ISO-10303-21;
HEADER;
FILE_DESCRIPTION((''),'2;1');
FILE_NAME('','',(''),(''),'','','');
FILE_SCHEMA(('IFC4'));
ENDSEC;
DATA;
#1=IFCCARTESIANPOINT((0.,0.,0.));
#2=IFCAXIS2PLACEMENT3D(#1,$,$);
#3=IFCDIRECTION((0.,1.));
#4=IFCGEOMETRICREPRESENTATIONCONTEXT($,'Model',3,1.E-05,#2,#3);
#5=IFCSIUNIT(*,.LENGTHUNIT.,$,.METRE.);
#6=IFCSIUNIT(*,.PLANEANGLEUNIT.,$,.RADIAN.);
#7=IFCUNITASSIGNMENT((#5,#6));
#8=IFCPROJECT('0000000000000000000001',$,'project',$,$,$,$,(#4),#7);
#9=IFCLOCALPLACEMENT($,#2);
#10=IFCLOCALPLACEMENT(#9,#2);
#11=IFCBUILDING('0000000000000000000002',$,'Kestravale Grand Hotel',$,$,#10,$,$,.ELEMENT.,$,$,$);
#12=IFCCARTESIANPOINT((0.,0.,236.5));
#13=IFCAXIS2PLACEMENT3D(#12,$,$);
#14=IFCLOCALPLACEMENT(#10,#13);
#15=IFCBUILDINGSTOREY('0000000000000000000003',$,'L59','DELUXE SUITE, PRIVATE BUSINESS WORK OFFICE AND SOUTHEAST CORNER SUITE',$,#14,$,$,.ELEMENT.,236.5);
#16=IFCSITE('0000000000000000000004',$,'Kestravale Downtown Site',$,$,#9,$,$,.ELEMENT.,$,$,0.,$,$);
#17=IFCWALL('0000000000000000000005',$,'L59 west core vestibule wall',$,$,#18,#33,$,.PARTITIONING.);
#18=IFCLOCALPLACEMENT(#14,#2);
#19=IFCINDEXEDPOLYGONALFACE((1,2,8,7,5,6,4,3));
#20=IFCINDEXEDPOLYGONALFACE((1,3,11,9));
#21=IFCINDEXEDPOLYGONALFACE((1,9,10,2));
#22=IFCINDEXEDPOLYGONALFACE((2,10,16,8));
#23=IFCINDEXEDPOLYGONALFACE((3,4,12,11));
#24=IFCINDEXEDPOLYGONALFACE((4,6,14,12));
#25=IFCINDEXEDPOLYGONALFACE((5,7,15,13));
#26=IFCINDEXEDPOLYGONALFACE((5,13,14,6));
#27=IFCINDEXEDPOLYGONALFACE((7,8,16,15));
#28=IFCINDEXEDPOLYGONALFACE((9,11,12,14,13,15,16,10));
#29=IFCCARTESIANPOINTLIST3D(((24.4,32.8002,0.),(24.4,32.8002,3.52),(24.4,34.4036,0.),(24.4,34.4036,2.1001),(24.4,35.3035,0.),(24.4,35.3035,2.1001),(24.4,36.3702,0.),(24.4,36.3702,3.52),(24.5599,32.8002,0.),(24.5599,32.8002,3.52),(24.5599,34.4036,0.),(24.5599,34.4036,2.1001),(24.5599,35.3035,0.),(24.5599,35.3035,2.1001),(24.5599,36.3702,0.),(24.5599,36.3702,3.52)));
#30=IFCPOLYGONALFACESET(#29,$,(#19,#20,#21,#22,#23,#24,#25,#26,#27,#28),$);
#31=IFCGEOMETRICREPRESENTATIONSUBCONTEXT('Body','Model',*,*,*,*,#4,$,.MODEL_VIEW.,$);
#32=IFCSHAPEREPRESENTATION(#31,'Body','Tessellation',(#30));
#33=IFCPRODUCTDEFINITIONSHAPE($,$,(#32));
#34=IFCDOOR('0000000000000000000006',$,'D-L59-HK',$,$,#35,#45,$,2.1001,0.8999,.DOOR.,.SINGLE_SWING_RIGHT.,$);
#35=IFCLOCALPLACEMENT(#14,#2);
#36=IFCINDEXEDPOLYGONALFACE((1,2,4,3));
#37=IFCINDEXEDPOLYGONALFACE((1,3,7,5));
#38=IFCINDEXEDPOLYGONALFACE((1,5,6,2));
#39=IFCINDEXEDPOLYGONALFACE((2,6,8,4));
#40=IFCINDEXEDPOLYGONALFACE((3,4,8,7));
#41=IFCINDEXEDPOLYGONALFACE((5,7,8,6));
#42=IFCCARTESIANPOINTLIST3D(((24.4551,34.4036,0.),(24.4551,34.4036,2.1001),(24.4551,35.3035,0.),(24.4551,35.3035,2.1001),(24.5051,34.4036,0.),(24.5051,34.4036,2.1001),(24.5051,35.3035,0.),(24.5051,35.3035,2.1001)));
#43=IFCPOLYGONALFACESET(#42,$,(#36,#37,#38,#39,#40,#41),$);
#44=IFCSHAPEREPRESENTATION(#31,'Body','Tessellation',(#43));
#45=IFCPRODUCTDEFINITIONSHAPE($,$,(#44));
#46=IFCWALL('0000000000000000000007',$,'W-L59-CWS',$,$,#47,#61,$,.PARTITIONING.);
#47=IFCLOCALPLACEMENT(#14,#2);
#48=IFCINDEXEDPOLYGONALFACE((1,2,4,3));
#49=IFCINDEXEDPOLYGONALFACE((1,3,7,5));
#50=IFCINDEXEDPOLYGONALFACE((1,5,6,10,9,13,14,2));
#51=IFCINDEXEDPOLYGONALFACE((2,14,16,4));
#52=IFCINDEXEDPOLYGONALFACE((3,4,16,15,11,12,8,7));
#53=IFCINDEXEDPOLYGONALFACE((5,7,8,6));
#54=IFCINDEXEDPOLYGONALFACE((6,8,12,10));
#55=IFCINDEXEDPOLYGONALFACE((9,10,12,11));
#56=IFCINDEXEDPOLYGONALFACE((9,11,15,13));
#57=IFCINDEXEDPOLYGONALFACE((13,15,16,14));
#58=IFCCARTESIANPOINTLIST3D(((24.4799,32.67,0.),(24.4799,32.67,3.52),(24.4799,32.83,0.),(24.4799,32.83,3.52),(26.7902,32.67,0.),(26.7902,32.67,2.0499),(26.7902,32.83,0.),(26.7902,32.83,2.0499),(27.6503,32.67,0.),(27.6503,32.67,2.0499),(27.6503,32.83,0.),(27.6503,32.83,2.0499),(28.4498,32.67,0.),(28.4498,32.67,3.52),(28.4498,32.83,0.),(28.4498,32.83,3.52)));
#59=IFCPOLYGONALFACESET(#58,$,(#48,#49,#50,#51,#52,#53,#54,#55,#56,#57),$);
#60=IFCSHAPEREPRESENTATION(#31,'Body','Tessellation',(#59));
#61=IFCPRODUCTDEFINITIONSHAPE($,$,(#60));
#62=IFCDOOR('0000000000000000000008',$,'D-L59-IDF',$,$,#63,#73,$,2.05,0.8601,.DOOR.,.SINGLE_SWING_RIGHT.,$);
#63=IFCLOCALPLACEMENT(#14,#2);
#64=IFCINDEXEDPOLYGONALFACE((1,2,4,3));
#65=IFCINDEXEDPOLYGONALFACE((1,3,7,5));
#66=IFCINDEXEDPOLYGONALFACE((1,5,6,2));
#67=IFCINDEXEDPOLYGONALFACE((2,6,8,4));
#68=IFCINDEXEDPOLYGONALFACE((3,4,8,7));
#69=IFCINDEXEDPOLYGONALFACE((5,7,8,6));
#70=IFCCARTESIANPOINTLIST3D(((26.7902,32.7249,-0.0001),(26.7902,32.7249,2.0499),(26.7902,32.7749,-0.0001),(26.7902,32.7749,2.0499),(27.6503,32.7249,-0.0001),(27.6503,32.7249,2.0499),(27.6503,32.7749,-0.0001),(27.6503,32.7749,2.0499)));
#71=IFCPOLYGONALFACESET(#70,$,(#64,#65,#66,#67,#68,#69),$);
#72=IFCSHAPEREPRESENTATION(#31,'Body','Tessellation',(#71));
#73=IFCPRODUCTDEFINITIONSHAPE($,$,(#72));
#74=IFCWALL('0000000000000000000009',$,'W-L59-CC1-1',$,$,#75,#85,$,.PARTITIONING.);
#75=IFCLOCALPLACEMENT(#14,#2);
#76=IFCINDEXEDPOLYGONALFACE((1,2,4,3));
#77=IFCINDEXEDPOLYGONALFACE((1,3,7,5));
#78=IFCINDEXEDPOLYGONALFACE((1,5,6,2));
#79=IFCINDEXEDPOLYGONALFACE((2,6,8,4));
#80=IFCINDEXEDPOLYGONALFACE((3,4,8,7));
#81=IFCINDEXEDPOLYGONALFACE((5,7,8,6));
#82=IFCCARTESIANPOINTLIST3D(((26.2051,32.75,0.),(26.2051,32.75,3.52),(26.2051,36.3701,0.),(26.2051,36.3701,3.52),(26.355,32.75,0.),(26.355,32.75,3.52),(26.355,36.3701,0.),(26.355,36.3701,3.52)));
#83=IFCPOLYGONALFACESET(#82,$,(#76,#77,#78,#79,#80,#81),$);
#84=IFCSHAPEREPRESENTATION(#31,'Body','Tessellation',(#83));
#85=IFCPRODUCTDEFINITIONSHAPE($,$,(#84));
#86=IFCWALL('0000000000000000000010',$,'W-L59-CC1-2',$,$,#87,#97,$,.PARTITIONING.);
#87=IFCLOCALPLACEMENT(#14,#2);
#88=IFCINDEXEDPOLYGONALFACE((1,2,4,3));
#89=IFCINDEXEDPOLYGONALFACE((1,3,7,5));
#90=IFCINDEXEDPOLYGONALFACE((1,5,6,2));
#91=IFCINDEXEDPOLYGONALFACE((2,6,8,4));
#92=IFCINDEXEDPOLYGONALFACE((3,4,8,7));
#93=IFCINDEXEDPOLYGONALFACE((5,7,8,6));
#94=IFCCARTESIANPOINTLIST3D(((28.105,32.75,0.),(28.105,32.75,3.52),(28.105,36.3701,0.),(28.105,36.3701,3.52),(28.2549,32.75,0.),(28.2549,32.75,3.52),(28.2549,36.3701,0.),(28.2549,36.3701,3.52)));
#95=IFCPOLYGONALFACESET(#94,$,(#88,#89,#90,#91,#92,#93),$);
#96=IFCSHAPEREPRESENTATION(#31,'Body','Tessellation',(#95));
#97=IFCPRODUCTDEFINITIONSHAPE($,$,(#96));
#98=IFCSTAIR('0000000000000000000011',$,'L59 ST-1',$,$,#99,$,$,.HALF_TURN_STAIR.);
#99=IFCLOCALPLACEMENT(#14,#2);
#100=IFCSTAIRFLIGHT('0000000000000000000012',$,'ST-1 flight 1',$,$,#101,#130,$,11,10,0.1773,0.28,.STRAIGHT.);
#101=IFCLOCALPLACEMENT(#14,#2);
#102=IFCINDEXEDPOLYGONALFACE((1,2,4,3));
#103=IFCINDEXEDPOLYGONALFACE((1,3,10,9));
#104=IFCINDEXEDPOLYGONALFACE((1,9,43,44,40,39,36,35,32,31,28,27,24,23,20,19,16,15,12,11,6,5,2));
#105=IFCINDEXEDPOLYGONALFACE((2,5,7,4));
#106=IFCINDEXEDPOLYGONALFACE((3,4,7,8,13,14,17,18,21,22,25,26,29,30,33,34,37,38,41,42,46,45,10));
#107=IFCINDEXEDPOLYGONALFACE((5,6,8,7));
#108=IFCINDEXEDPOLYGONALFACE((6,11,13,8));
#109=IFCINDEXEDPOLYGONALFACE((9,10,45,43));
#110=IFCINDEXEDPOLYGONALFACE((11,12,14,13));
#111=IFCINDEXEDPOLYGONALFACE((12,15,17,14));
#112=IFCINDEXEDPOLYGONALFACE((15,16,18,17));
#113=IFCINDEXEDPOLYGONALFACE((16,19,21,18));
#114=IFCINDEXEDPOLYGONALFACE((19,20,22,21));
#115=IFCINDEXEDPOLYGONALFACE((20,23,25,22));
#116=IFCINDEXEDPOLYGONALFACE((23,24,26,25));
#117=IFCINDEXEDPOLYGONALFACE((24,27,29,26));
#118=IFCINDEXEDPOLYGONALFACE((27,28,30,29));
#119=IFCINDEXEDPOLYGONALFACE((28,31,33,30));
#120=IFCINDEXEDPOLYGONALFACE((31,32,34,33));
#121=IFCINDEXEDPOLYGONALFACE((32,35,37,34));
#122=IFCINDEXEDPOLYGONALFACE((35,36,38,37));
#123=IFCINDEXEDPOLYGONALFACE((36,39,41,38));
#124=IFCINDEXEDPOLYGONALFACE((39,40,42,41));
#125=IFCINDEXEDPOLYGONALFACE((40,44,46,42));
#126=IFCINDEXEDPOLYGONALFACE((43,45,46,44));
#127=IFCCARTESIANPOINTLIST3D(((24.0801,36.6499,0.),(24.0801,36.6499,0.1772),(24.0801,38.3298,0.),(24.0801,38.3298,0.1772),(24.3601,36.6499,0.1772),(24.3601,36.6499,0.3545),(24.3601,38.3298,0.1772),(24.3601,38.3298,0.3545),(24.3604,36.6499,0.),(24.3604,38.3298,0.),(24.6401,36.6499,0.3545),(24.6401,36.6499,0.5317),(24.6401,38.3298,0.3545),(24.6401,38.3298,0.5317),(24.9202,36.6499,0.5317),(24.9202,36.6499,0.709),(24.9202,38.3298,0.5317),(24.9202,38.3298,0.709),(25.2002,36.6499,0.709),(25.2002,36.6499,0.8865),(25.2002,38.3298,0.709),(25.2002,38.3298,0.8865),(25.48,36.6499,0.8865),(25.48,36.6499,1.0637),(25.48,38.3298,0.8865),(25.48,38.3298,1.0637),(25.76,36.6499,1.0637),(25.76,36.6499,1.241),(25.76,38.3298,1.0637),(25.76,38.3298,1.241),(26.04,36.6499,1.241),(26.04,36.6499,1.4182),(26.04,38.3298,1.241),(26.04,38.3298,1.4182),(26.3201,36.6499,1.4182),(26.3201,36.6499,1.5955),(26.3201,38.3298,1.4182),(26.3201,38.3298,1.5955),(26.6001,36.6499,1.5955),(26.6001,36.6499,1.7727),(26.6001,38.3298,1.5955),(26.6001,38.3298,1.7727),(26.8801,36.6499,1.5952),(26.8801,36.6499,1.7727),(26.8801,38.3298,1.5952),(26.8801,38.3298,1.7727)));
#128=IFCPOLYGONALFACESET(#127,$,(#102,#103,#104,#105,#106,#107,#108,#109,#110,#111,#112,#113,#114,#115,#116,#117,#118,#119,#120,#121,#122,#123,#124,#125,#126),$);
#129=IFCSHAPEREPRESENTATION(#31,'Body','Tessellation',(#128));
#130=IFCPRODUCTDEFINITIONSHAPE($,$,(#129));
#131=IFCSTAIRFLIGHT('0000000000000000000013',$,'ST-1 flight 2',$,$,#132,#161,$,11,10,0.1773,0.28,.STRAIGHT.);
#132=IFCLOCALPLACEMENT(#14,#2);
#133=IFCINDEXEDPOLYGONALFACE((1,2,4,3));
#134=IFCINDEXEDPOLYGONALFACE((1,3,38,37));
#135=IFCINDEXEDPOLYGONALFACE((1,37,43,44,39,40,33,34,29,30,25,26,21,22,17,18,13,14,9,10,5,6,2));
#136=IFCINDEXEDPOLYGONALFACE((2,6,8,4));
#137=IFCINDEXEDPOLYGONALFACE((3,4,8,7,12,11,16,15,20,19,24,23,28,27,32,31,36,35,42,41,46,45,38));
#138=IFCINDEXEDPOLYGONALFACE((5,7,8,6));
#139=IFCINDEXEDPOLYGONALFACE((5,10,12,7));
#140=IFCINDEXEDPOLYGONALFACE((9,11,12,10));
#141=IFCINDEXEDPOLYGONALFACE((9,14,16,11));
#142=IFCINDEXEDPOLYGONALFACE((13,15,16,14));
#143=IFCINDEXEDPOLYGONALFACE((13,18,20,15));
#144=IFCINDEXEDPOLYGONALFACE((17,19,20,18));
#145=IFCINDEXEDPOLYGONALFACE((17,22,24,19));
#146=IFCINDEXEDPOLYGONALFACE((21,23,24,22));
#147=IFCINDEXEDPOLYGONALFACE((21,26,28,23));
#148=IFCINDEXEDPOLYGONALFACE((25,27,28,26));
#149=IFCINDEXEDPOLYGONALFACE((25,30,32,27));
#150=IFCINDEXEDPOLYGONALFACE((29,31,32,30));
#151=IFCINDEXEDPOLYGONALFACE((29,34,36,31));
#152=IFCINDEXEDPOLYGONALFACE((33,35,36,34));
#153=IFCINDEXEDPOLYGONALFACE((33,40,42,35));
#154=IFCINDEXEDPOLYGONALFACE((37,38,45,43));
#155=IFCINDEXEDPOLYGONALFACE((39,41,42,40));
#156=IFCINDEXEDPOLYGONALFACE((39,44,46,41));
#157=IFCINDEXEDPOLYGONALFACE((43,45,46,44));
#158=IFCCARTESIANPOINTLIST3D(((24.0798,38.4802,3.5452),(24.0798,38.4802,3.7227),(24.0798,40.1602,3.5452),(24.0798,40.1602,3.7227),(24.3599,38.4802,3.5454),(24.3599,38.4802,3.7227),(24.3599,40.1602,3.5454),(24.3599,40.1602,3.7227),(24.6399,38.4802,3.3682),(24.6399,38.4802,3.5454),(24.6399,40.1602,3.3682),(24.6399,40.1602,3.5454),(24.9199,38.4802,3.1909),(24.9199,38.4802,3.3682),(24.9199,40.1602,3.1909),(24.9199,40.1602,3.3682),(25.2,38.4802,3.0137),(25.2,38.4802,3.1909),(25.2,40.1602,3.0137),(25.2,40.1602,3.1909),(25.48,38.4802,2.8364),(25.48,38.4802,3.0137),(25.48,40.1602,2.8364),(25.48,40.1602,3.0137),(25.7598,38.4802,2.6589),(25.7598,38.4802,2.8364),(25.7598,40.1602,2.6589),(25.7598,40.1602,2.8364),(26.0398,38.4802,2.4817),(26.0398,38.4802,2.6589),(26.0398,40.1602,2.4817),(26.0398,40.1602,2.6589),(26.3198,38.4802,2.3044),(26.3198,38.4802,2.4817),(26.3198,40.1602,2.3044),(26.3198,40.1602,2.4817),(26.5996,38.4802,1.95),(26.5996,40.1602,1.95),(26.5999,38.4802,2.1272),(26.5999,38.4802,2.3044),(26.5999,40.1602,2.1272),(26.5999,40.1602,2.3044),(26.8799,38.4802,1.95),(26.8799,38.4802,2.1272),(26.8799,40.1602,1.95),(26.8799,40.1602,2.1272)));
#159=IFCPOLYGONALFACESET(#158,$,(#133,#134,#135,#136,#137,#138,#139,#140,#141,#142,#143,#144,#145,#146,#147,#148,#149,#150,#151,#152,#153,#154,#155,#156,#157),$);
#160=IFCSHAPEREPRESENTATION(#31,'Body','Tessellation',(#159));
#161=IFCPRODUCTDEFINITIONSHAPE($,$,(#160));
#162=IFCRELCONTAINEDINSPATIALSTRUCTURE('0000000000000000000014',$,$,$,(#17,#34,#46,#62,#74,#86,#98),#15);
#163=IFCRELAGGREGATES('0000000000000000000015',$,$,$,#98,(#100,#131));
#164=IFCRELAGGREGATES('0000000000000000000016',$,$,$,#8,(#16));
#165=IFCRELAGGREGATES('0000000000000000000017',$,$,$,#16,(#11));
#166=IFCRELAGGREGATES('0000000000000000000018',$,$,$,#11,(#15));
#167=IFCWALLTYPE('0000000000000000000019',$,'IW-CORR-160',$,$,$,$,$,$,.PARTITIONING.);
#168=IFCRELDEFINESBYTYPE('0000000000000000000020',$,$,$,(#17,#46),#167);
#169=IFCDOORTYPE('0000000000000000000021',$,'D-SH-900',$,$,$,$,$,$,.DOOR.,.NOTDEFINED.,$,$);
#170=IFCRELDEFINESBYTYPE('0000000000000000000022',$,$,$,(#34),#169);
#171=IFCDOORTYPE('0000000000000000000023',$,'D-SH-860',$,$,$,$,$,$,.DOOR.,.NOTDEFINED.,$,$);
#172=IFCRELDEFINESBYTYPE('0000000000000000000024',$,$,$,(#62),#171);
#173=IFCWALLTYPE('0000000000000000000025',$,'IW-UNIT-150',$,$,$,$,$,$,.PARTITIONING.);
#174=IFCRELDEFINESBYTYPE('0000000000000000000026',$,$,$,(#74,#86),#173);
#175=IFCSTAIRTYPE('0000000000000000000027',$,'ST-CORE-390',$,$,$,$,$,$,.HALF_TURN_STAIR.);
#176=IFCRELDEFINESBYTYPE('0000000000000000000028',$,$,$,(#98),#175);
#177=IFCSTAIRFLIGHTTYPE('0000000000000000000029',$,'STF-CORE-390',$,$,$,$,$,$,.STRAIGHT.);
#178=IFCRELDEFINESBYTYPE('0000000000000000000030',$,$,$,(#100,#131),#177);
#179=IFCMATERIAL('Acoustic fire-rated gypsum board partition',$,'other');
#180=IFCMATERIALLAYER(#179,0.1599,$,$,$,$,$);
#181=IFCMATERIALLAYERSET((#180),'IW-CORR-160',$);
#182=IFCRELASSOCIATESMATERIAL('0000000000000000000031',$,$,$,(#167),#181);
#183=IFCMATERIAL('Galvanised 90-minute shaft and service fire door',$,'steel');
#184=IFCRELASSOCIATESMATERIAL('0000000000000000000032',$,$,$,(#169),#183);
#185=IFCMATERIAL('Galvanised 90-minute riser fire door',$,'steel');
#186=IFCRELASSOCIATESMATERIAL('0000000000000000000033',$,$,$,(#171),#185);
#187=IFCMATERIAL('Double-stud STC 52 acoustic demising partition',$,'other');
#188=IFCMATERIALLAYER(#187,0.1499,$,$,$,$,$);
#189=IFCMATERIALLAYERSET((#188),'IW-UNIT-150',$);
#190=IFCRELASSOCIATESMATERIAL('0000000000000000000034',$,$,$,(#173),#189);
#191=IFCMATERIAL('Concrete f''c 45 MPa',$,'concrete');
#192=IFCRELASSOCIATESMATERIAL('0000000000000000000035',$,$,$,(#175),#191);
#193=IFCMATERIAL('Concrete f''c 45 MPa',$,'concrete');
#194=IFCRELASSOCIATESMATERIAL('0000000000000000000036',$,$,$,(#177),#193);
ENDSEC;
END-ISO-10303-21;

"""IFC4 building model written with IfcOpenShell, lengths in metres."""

from ifc_helpers import new_model, si_unit, direction, frame, frame_2d, origin, place, context, subcontext, project, spatial, polyline, rectangle, outline, extrude, material, layer, layer_set, type_object, element, fill, aggregate, save


model = new_model("IFC4")

# Units and contexts
model_context = context("Model", 3, precision=1e-05, world=origin(), true_north=direction((0.0, 1.0)))
body_context = subcontext(model_context, "Body", "Model", "MODEL_VIEW")
ifc_project = project(units=[si_unit("LENGTHUNIT", "METRE"), si_unit("PLANEANGLEUNIT", "RADIAN")], contexts=[model_context])

# Site, building, storey
site_placement = place(None, origin())
site = spatial("IfcSite", under=ifc_project, at=site_placement, Name="Kestravale Downtown Site", CompositionType="ELEMENT", RefElevation=0.0)
building_placement = place(site_placement, origin())
building = spatial("IfcBuilding", under=site, at=building_placement, Name="Kestravale Grand Hotel", CompositionType="ELEMENT")
storey_placement = place(building_placement, frame((0.0, 0.0, 236.5)))
storey = spatial("IfcBuildingStorey", under=building, at=storey_placement, Name="L59", Description="DELUXE SUITE, PRIVATE BUSINESS WORK OFFICE AND SOUTHEAST CORNER SUITE", CompositionType="ELEMENT", Elevation=236.5)

# Walls, openings, doors
ifc_material_1 = material(Name="Acoustic fire-rated gypsum board partition", Category="other")
ifc_layer_1 = layer(ifc_material_1, 0.1599)
ifc_layer_set_1 = layer_set([ifc_layer_1], Name="IW-CORR-160")
wall_type_1 = type_object("IfcWallType", Name="IW-CORR-160", PredefinedType="PARTITIONING", material=ifc_layer_set_1)
wall_1_placement = place(storey_placement, frame((24.48, 32.8, 0.0), z_axis=(0.0, 0.0, 1.0), x_axis=(0.0, 1.0, 0.0)))
wall_1 = element("IfcWall", 1, at=wall_1_placement, inside=storey, type_object=wall_type_1, Name="L59 west core vestibule wall", PredefinedType="PARTITIONING", context=body_context, shape_type="SweptSolid", body=[
    extrude(rectangle(XDim=3.5701, YDim=0.1599, at=frame_2d((1.7852, 0.0))), origin(), (0.0, 0.0, 1.0), 3.52),
])
opening_1_placement = place(wall_1_placement, frame((1.6035, 0.0, 0.0)))
opening_1 = element("IfcOpeningElement", 2, at=opening_1_placement, cuts=wall_1, PredefinedType="OPENING", context=body_context, shape_type="SweptSolid", body=[
    extrude(rectangle(XDim=0.8999, YDim=2.1001, at=frame_2d((0.45, 1.05))), frame((0.0, 0.0898, 0.0), z_axis=(0.0, -1.0, 0.0), x_axis=(1.0, 0.0, 0.0)), (0.0, 0.0, 1.0), 0.1799),
])
ifc_material_2 = material(Name="Galvanised 90-minute shaft and service fire door", Category="steel")
door_type_1 = type_object("IfcDoorType", Name="D-SH-900", OperationType="NOTDEFINED", PredefinedType="DOOR", material=ifc_material_2)
door_1_placement = place(opening_1_placement, origin())
door_1 = element("IfcDoor", 3, at=door_1_placement, inside=storey, type_object=door_type_1, Name="D-L59-HK", OperationType="SINGLE_SWING_RIGHT", OverallHeight=2.1001, OverallWidth=0.8999, PredefinedType="DOOR", context=body_context, shape_type="SweptSolid", body=[
    extrude(rectangle(XDim=0.8999, YDim=2.1001, at=frame_2d((0.45, 1.05))), frame((0.0, 0.0249, 0.0), z_axis=(0.0, -1.0, 0.0), x_axis=(1.0, 0.0, 0.0)), (0.0, 0.0, 1.0), 0.05),
])
fill(opening_1, door_1)
wall_2_placement = place(storey_placement, frame((24.48, 32.75, 0.0), z_axis=(0.0, 0.0, 1.0), x_axis=(1.0, 0.0, 0.0)))
wall_2 = element("IfcWall", 4, at=wall_2_placement, inside=storey, type_object=wall_type_1, Name="W-L59-CWS", PredefinedType="PARTITIONING", context=body_context, shape_type="SweptSolid", body=[
    extrude(rectangle(XDim=3.97, YDim=0.1599, at=frame_2d((1.9849, 0.0))), origin(), (0.0, 0.0, 1.0), 3.52),
])
opening_2_placement = place(wall_2_placement, frame((2.3101, 0.0, 0.0)))
opening_2 = element("IfcOpeningElement", 5, at=opening_2_placement, cuts=wall_2, PredefinedType="OPENING", context=body_context, shape_type="SweptSolid", body=[
    extrude(rectangle(XDim=0.8601, YDim=2.05, at=frame_2d((0.4302, 1.0249))), frame((0.0, 0.0898, 0.0), z_axis=(0.0, -1.0, 0.0), x_axis=(1.0, 0.0, 0.0)), (0.0, 0.0, 1.0), 0.1799),
])
ifc_material_3 = material(Name="Galvanised 90-minute riser fire door", Category="steel")
door_type_2 = type_object("IfcDoorType", Name="D-SH-860", OperationType="NOTDEFINED", PredefinedType="DOOR", material=ifc_material_3)
door_2_placement = place(opening_2_placement, origin())
door_2 = element("IfcDoor", 6, at=door_2_placement, inside=storey, type_object=door_type_2, Name="D-L59-IDF", OperationType="SINGLE_SWING_RIGHT", OverallHeight=2.05, OverallWidth=0.8601, PredefinedType="DOOR", context=body_context, shape_type="SweptSolid", body=[
    extrude(rectangle(XDim=0.8601, YDim=2.05, at=frame_2d((0.4302, 1.0249))), frame((0.0, 0.0249, 0.0), z_axis=(0.0, -1.0, 0.0), x_axis=(1.0, 0.0, 0.0)), (0.0, 0.0, 1.0), 0.05),
])
fill(opening_2, door_2)

# Walls
ifc_material_4 = material(Name="Double-stud STC 52 acoustic demising partition", Category="other")
ifc_layer_2 = layer(ifc_material_4, 0.1499)
ifc_layer_set_2 = layer_set([ifc_layer_2], Name="IW-UNIT-150")
wall_type_2 = type_object("IfcWallType", Name="IW-UNIT-150", PredefinedType="PARTITIONING", material=ifc_layer_set_2)
for number, where, z_axis, x_axis, name in (
    (7, (26.28, 32.75, 0.0), (0.0, 0.0, 1.0), (0.0, 1.0, 0.0), "W-L59-CC1-1"),
    (8, (28.1799, 32.75, 0.0), (0.0, 0.0, 1.0), (0.0, 1.0, 0.0), "W-L59-CC1-2"),
):
    element("IfcWall", number, at=place(storey_placement, frame(where, z_axis=z_axis, x_axis=x_axis)), inside=storey, type_object=wall_type_2, Name=name, PredefinedType="PARTITIONING", context=body_context, shape_type="SweptSolid", body=[
        extrude(rectangle(XDim=3.6201, YDim=0.1499, at=frame_2d((1.8101, 0.0))), origin(), (0.0, 0.0, 1.0), 3.52),
    ])

# Stair, stair flights
ifc_material_5 = material(Name="Concrete f'c 45 MPa", Category="concrete")
stair_type = type_object("IfcStairType", Name="ST-CORE-390", PredefinedType="HALF_TURN_STAIR", material=ifc_material_5)
stair_placement = place(storey_placement, origin())
stair = element("IfcStair", 9, at=stair_placement, inside=storey, type_object=stair_type, Name="L59 ST-1", PredefinedType="HALF_TURN_STAIR")
ifc_material_6 = material(Name="Concrete f'c 45 MPa", Category="concrete")
stair_flight_type = type_object("IfcStairFlightType", Name="STF-CORE-390", PredefinedType="STRAIGHT", material=ifc_material_6)
stair_flight_1_placement = place(storey_placement, frame((24.0801, 37.49, 0.0), z_axis=(0.0, 0.0, 1.0), x_axis=(1.0, 0.0, 0.0)))
stair_flight_1 = element("IfcStairFlight", 10, at=stair_flight_1_placement, type_object=stair_flight_type, Name="ST-1 flight 1", NumberOfRisers=11, NumberOfTreads=10, PredefinedType="STRAIGHT", RiserHeight=0.1773, TreadLength=0.28, context=body_context, shape_type="SweptSolid", body=[
    extrude(outline(polyline([(0.0, 0.0), (0.0, 0.1772), (0.28, 0.1772), (0.28, 0.3545), (0.5601, 0.3545), (0.5601, 0.5317), (0.8401, 0.5317), (0.8401, 0.709), (1.1201, 0.709), (1.1201, 0.8865), (1.3999, 0.8865), (1.3999, 1.0637), (1.6799, 1.0637), (1.6799, 1.241), (1.96, 1.241), (1.96, 1.4182), (2.24, 1.4182), (2.24, 1.5955), (2.52, 1.5955), (2.52, 1.7727), (2.8, 1.7727), (2.8, 1.95), (2.8, 1.5952), (0.2803, 0.0), (0.0, 0.0)])), frame((0.0, 0.8398, 0.0), z_axis=(0.0, -1.0, 0.0), x_axis=(1.0, 0.0, 0.0)), (0.0, 0.0, 1.0), 1.6799),
])
stair_flight_2_placement = place(storey_placement, frame((26.8799, 39.3201, 1.95), z_axis=(0.0, 0.0, 1.0), x_axis=(-1.0, 0.0, 0.0)))
stair_flight_2 = element("IfcStairFlight", 11, at=stair_flight_2_placement, type_object=stair_flight_type, Name="ST-1 flight 2", NumberOfRisers=11, NumberOfTreads=10, PredefinedType="STRAIGHT", RiserHeight=0.1773, TreadLength=0.28, context=body_context, shape_type="SweptSolid", body=[
    extrude(outline(polyline([(0.0, 0.0), (0.0, 0.1772), (0.28, 0.1772), (0.28, 0.3545), (0.5601, 0.3545), (0.5601, 0.5317), (0.8401, 0.5317), (0.8401, 0.709), (1.1201, 0.709), (1.1201, 0.8865), (1.3999, 0.8865), (1.3999, 1.0637), (1.6799, 1.0637), (1.6799, 1.241), (1.96, 1.241), (1.96, 1.4182), (2.24, 1.4182), (2.24, 1.5955), (2.52, 1.5955), (2.52, 1.7727), (2.8, 1.7727), (2.8, 1.95), (2.8, 1.5952), (0.2803, 0.0), (0.0, 0.0)])), frame((0.0, 0.8398, 0.0), z_axis=(0.0, -1.0, 0.0), x_axis=(1.0, 0.0, 0.0)), (0.0, 0.0, 1.0), 1.6799),
])
aggregate(stair, [stair_flight_1, stair_flight_2])

save(model, "model.ifc")
